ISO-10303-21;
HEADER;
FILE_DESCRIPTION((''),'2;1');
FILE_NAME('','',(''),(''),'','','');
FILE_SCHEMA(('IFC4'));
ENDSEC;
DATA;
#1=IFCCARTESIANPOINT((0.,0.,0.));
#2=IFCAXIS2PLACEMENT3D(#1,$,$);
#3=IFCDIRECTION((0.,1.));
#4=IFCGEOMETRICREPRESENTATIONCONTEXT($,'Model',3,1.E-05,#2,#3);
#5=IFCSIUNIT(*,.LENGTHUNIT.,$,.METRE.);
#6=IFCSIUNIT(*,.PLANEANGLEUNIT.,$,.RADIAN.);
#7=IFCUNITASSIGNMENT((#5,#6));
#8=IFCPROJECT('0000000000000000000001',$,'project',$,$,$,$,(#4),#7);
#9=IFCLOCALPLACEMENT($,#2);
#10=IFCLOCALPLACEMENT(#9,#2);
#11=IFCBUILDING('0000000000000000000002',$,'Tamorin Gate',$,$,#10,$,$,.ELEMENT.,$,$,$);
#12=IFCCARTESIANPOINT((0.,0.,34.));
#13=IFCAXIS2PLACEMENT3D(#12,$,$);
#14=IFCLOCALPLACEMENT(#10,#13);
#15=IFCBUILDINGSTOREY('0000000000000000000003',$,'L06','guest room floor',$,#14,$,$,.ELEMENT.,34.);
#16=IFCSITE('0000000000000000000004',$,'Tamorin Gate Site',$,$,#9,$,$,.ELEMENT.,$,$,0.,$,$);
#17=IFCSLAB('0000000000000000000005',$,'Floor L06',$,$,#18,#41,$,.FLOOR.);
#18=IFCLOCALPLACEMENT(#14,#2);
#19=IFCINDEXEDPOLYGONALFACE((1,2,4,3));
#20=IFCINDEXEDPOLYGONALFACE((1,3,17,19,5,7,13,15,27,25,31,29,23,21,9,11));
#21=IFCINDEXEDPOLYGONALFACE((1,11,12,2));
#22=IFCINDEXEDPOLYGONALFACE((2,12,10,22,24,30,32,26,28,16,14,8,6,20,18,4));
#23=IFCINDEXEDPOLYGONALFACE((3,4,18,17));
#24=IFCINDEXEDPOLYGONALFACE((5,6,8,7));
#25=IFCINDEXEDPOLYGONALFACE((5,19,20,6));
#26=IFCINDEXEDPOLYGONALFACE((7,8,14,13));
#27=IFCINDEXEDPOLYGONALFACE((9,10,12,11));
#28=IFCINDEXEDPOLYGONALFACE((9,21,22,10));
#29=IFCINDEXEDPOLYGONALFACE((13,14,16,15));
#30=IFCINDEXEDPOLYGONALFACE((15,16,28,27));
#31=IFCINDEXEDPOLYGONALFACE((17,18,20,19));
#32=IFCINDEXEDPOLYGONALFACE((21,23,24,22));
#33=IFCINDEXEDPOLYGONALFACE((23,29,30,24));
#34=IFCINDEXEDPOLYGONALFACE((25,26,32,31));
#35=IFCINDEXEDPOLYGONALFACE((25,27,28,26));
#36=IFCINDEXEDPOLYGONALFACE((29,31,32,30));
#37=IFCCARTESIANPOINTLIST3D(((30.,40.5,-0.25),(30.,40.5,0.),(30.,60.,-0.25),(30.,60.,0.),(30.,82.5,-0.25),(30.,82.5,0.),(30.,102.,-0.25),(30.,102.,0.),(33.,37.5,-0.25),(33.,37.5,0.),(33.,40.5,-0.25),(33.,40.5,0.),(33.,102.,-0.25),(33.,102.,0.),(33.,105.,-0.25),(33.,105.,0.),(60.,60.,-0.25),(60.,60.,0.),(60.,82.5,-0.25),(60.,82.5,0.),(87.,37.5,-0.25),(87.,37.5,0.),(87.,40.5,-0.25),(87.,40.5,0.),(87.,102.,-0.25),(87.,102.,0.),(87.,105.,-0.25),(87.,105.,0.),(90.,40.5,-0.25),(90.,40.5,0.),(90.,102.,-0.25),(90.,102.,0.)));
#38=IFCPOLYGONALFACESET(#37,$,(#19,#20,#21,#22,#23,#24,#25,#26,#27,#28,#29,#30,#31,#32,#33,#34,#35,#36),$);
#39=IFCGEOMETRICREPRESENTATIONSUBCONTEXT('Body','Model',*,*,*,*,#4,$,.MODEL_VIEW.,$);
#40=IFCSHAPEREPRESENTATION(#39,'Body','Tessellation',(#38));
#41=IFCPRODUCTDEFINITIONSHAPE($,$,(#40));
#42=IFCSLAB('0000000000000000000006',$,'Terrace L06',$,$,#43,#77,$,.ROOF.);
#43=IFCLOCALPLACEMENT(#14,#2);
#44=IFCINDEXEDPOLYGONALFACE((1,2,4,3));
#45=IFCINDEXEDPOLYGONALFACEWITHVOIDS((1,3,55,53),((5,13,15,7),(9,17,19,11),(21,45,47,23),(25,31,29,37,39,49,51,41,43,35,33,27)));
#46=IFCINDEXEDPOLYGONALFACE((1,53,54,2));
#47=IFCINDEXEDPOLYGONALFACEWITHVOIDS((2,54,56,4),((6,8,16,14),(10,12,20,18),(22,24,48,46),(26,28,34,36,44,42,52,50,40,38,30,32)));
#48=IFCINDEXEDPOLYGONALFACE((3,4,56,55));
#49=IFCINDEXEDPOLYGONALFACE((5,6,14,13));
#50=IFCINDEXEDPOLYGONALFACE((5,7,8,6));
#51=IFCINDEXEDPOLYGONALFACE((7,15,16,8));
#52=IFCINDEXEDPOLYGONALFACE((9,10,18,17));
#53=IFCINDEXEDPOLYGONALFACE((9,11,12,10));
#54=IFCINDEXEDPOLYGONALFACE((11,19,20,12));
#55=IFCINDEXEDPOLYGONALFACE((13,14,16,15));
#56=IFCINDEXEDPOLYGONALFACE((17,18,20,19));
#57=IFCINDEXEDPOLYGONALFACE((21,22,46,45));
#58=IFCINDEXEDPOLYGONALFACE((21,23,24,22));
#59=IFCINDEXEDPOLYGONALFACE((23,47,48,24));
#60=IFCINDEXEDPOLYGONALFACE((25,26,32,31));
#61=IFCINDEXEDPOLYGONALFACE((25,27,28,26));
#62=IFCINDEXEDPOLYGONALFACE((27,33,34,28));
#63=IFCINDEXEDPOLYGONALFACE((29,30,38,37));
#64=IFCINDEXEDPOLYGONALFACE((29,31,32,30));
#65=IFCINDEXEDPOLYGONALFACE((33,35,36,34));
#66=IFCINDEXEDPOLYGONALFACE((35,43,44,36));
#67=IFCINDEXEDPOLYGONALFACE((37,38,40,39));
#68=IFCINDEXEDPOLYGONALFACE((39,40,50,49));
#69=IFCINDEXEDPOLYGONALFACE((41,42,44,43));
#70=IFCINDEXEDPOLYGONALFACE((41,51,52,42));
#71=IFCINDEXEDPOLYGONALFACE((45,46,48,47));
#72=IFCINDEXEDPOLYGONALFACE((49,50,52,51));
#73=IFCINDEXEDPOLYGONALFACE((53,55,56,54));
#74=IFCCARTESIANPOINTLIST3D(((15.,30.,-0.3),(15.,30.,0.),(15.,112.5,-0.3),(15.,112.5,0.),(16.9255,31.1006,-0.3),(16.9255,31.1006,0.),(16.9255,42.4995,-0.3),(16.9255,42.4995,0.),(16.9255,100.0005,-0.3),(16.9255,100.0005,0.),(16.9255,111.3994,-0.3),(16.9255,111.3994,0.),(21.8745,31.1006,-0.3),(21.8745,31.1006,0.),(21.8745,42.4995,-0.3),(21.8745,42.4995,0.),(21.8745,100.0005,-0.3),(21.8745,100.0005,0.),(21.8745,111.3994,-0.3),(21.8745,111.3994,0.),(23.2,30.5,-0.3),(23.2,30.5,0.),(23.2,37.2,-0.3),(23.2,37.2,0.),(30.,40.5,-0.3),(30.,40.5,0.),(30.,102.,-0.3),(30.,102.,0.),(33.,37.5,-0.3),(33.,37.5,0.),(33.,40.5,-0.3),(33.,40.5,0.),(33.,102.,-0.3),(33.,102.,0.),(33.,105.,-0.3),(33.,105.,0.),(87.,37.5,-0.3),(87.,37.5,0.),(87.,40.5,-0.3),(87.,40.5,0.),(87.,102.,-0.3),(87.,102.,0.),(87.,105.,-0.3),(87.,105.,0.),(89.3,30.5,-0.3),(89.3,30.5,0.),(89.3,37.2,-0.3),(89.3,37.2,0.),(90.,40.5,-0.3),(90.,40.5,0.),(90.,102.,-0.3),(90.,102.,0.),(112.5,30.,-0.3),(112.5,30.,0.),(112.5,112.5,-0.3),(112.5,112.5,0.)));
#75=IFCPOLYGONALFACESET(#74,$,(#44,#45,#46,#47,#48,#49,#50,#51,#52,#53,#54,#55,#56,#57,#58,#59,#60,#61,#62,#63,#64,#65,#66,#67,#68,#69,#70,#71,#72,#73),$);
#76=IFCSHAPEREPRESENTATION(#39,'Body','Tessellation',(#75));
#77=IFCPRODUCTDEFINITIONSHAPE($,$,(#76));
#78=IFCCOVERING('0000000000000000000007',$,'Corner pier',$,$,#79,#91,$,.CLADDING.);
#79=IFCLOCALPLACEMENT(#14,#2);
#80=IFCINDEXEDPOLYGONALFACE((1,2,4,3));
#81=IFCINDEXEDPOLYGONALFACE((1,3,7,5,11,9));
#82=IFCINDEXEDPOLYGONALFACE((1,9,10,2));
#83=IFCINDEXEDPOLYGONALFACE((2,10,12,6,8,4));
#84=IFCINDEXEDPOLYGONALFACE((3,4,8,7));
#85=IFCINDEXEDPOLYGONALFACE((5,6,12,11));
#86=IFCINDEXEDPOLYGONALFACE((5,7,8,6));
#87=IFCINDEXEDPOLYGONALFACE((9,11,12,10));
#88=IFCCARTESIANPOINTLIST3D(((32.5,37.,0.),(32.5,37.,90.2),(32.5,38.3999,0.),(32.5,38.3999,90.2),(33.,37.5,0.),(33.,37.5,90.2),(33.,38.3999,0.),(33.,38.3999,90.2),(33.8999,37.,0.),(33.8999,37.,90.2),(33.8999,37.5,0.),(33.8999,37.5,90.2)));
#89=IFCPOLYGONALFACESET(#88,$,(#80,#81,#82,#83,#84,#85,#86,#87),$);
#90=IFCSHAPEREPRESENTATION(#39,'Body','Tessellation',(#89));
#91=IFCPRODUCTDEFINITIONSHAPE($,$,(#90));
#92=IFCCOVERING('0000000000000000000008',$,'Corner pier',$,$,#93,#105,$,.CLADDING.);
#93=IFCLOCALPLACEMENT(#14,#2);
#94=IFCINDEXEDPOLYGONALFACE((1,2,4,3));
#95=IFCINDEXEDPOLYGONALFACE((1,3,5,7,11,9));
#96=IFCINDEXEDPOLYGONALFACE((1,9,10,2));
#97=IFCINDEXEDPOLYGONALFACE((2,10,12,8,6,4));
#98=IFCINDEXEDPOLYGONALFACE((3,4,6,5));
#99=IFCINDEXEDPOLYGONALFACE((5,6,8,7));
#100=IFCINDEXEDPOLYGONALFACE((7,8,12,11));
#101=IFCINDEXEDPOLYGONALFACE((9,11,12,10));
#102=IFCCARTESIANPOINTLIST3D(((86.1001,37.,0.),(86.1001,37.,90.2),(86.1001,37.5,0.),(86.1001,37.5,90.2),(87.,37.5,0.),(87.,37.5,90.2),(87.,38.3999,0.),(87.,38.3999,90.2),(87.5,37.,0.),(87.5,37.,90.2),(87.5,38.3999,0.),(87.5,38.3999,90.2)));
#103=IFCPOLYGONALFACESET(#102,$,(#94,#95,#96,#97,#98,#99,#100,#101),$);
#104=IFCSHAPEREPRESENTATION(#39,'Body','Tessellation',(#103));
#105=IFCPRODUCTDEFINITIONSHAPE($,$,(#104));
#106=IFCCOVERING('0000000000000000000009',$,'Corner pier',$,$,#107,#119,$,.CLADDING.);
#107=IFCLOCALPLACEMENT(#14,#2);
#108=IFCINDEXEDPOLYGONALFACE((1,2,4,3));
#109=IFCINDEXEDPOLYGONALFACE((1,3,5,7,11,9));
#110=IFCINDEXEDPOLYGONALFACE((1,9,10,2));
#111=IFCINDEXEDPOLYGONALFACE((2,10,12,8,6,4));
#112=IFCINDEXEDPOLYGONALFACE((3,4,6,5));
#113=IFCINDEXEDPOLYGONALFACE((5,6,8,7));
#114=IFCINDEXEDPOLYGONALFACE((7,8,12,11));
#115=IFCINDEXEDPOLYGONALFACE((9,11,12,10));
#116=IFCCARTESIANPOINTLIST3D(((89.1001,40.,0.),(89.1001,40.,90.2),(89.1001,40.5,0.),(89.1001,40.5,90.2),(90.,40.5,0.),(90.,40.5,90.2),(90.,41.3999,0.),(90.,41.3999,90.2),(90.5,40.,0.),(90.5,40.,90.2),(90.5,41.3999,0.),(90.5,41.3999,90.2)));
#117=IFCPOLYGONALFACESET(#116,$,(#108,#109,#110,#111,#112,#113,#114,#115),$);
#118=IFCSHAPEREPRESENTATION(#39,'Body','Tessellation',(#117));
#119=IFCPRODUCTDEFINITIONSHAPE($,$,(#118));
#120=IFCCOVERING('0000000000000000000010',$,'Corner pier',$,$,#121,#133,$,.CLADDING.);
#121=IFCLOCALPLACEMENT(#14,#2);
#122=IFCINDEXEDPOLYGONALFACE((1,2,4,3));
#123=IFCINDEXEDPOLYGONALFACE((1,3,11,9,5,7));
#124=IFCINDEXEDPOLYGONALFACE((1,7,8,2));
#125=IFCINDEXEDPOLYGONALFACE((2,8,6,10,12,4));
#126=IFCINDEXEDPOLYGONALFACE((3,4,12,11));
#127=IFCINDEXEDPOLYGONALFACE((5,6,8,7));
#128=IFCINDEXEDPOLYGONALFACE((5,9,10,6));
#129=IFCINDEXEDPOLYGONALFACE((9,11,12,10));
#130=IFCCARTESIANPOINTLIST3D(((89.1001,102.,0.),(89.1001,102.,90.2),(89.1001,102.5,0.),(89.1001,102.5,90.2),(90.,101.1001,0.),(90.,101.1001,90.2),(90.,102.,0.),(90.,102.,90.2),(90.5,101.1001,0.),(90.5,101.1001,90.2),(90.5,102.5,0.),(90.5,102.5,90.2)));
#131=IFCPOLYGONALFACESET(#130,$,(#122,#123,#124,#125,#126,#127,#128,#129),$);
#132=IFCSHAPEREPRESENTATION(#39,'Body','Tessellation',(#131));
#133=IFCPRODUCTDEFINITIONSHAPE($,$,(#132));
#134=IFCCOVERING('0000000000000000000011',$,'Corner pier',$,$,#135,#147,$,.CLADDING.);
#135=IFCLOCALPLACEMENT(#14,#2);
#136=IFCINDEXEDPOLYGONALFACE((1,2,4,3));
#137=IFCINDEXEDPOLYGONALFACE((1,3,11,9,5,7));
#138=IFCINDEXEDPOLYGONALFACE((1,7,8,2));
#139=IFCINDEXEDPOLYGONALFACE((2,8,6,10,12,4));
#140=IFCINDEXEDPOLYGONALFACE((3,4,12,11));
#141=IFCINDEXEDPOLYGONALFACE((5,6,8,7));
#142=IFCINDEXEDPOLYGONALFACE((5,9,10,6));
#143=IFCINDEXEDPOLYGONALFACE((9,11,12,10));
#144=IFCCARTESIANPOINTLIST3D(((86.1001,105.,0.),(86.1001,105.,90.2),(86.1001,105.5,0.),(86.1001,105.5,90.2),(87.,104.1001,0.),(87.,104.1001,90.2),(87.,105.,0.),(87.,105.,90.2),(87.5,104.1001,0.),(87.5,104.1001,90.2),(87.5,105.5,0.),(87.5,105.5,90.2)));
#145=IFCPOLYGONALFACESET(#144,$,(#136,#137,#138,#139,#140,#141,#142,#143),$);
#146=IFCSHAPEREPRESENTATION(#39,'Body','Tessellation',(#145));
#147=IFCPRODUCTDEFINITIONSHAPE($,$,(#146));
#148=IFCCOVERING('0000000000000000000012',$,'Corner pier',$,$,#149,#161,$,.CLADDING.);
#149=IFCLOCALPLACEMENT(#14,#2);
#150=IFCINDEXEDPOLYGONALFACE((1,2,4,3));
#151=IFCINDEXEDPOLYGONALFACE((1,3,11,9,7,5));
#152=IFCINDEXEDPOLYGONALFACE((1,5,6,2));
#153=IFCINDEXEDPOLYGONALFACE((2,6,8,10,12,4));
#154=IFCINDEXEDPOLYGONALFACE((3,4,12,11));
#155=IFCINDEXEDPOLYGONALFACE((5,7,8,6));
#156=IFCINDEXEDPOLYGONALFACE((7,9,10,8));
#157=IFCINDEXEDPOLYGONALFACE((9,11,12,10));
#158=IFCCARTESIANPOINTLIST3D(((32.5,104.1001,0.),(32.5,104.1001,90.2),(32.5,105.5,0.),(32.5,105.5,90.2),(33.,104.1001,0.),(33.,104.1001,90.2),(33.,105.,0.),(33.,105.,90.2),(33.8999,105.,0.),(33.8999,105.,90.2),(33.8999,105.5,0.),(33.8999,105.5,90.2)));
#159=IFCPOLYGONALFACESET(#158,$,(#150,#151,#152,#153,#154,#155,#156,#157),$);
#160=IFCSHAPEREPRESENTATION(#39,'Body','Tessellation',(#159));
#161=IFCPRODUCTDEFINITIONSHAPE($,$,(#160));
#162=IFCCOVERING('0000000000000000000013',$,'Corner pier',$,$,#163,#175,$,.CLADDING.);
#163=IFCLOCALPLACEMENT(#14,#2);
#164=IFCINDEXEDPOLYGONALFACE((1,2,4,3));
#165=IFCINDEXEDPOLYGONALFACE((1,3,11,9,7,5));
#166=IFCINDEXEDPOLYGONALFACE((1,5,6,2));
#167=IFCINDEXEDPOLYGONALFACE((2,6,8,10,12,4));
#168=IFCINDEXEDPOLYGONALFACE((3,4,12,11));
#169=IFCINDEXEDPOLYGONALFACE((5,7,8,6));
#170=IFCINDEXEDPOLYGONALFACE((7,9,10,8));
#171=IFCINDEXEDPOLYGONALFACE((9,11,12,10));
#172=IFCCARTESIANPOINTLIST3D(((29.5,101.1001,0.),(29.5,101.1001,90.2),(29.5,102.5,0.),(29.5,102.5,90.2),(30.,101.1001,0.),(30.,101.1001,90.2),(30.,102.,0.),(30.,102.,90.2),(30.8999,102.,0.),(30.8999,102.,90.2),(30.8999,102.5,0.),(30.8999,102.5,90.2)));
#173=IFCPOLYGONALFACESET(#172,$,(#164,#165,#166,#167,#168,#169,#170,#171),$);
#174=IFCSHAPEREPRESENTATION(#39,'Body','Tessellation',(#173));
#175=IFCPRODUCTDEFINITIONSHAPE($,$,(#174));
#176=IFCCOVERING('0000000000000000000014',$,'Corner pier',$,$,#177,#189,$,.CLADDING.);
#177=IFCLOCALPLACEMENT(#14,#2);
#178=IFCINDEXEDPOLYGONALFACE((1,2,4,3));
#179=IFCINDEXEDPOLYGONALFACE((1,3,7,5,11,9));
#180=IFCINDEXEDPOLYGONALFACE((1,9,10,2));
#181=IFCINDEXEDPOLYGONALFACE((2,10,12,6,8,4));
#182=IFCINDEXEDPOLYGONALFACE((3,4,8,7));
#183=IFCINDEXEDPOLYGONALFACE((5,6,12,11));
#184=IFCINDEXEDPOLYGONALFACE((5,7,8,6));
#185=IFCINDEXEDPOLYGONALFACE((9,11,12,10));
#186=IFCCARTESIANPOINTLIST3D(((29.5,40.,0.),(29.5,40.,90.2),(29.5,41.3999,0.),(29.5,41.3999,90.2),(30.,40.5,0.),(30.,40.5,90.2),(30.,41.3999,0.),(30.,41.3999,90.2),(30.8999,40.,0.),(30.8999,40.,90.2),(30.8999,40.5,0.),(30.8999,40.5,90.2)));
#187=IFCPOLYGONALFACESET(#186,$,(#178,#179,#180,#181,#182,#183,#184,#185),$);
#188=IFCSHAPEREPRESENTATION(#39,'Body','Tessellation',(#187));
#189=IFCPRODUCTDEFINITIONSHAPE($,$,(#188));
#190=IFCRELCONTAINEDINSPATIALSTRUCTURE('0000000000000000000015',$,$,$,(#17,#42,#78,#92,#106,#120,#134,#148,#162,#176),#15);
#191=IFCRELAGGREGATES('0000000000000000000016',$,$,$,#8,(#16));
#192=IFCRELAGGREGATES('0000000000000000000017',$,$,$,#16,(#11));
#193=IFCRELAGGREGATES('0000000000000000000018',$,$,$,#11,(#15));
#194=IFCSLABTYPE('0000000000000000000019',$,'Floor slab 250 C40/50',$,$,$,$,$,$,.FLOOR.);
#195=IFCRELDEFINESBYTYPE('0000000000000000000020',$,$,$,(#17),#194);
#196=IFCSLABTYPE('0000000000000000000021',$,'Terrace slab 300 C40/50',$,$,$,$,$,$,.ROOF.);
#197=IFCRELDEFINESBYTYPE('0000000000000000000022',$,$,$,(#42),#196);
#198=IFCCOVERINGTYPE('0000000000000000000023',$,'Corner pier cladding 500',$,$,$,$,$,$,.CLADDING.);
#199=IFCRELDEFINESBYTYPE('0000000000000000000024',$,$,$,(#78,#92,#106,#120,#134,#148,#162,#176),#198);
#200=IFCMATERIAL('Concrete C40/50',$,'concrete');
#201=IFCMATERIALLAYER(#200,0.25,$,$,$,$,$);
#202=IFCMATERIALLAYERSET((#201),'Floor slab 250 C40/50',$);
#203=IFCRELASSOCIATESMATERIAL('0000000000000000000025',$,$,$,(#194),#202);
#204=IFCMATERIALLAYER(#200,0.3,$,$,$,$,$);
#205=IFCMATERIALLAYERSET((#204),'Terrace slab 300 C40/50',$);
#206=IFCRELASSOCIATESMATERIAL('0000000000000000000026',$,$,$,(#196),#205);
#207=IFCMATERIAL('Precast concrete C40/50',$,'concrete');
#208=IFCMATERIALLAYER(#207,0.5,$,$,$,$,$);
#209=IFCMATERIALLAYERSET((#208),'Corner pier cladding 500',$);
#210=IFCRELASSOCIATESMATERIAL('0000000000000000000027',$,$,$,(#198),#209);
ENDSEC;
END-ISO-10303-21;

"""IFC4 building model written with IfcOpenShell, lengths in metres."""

from ifc_helpers import new_model, si_unit, direction, frame, origin, place, context, subcontext, project, spatial, polyline, outline, extrude, material, layer, layer_set, type_object, element, save


model = new_model("IFC4")

# Units and contexts
model_context = context("Model", 3, precision=1e-05, world=origin(), true_north=direction((0.0, 1.0)))
body_context = subcontext(model_context, "Body", "Model", "MODEL_VIEW")
ifc_project = project(units=[si_unit("LENGTHUNIT", "METRE"), si_unit("PLANEANGLEUNIT", "RADIAN")], contexts=[model_context])

# Site, building, storey
site_placement = place(None, origin())
site = spatial("IfcSite", under=ifc_project, at=site_placement, Name="Tamorin Gate Site", CompositionType="ELEMENT", RefElevation=0.0)
building_placement = place(site_placement, origin())
building = spatial("IfcBuilding", under=site, at=building_placement, Name="Tamorin Gate", CompositionType="ELEMENT")
storey_placement = place(building_placement, frame((0.0, 0.0, 34.0)))
storey = spatial("IfcBuildingStorey", under=building, at=storey_placement, Name="L06", Description="guest room floor", CompositionType="ELEMENT", Elevation=34.0)

# Slabs
ifc_material_1 = material(Name="Concrete C40/50", Category="concrete")
ifc_layer_1 = layer(ifc_material_1, 0.25)
ifc_layer_set_1 = layer_set([ifc_layer_1], Name="Floor slab 250 C40/50")
slab_type_1 = type_object("IfcSlabType", Name="Floor slab 250 C40/50", PredefinedType="FLOOR", material=ifc_layer_set_1)
slab_1_placement = place(storey_placement, frame((0.0, 0.0, -0.25)))
element("IfcSlab", 1, at=slab_1_placement, inside=storey, type_object=slab_type_1, Name="Floor L06", PredefinedType="FLOOR", context=body_context, shape_type="SweptSolid", body=[
    extrude(outline(polyline([(30.0, 102.0), (33.0, 102.0), (33.0, 105.0), (87.0, 105.0), (87.0, 102.0), (90.0, 102.0), (90.0, 40.5), (87.0, 40.5), (87.0, 37.5), (33.0, 37.5), (33.0, 40.5), (30.0, 40.5), (30.0, 60.0), (60.0, 60.0), (60.0, 82.5), (30.0, 82.5), (30.0, 102.0)])), origin(), (0.0, 0.0, 1.0), 0.25),
])
ifc_layer_2 = layer(ifc_material_1, 0.3)
ifc_layer_set_2 = layer_set([ifc_layer_2], Name="Terrace slab 300 C40/50")
slab_type_2 = type_object("IfcSlabType", Name="Terrace slab 300 C40/50", PredefinedType="ROOF", material=ifc_layer_set_2)
slab_2_placement = place(storey_placement, frame((0.0, 0.0, -0.3)))
element("IfcSlab", 2, at=slab_2_placement, inside=storey, type_object=slab_type_2, Name="Terrace L06", PredefinedType="ROOF", context=body_context, shape_type="SweptSolid", body=[
    extrude(outline(polyline([(15.0, 112.5), (112.5, 112.5), (112.5, 30.0), (15.0, 30.0), (15.0, 112.5)]), holes=[polyline([(87.0, 37.5), (87.0, 40.5), (90.0, 40.5), (90.0, 102.0), (87.0, 102.0), (87.0, 105.0), (33.0, 105.0), (33.0, 102.0), (30.0, 102.0), (30.0, 40.5), (33.0, 40.5), (33.0, 37.5), (87.0, 37.5)]), polyline([(16.9255, 42.4995), (21.8745, 42.4995), (21.8745, 31.1006), (16.9255, 31.1006), (16.9255, 42.4995)]), polyline([(21.8745, 100.0005), (16.9255, 100.0005), (16.9255, 111.3994), (21.8745, 111.3994), (21.8745, 100.0005)]), polyline([(89.3, 30.5), (89.3, 37.2), (23.2, 37.2), (23.2, 30.5), (89.3, 30.5)])]), origin(), (0.0, 0.0, 1.0), 0.3),
])

# Coverings
ifc_material_2 = material(Name="Precast concrete C40/50", Category="concrete")
ifc_layer_3 = layer(ifc_material_2, 0.5)
ifc_layer_set_3 = layer_set([ifc_layer_3], Name="Corner pier cladding 500")
covering_type_1 = type_object("IfcCoveringType", Name="Corner pier cladding 500", PredefinedType="CLADDING", material=ifc_layer_set_3)
covering_1_placement = place(storey_placement, origin())
element("IfcCovering", 3, at=covering_1_placement, inside=storey, type_object=covering_type_1, Name="Corner pier", PredefinedType="CLADDING", context=body_context, shape_type="SweptSolid", body=[
    extrude(outline(polyline([(32.5, 37.0), (32.5, 38.3999), (33.0, 38.3999), (33.0, 37.5), (33.8999, 37.5), (33.8999, 37.0), (32.5, 37.0)])), origin(), (0.0, 0.0, 1.0), 90.2),
])
covering_2_placement = place(storey_placement, origin())
element("IfcCovering", 4, at=covering_2_placement, inside=storey, type_object=covering_type_1, Name="Corner pier", PredefinedType="CLADDING", context=body_context, shape_type="SweptSolid", body=[
    extrude(outline(polyline([(87.5, 37.0), (86.1001, 37.0), (86.1001, 37.5), (87.0, 37.5), (87.0, 38.3999), (87.5, 38.3999), (87.5, 37.0)])), origin(), (0.0, 0.0, 1.0), 90.2),
])
covering_3_placement = place(storey_placement, origin())
element("IfcCovering", 5, at=covering_3_placement, inside=storey, type_object=covering_type_1, Name="Corner pier", PredefinedType="CLADDING", context=body_context, shape_type="SweptSolid", body=[
    extrude(outline(polyline([(90.5, 40.0), (89.1001, 40.0), (89.1001, 40.5), (90.0, 40.5), (90.0, 41.3999), (90.5, 41.3999), (90.5, 40.0)])), origin(), (0.0, 0.0, 1.0), 90.2),
])
covering_4_placement = place(storey_placement, origin())
element("IfcCovering", 6, at=covering_4_placement, inside=storey, type_object=covering_type_1, Name="Corner pier", PredefinedType="CLADDING", context=body_context, shape_type="SweptSolid", body=[
    extrude(outline(polyline([(90.5, 102.5), (90.5, 101.1001), (90.0, 101.1001), (90.0, 102.0), (89.1001, 102.0), (89.1001, 102.5), (90.5, 102.5)])), origin(), (0.0, 0.0, 1.0), 90.2),
])
covering_5_placement = place(storey_placement, origin())
element("IfcCovering", 7, at=covering_5_placement, inside=storey, type_object=covering_type_1, Name="Corner pier", PredefinedType="CLADDING", context=body_context, shape_type="SweptSolid", body=[
    extrude(outline(polyline([(87.5, 105.5), (87.5, 104.1001), (87.0, 104.1001), (87.0, 105.0), (86.1001, 105.0), (86.1001, 105.5), (87.5, 105.5)])), origin(), (0.0, 0.0, 1.0), 90.2),
])
covering_6_placement = place(storey_placement, origin())
element("IfcCovering", 8, at=covering_6_placement, inside=storey, type_object=covering_type_1, Name="Corner pier", PredefinedType="CLADDING", context=body_context, shape_type="SweptSolid", body=[
    extrude(outline(polyline([(32.5, 105.5), (33.8999, 105.5), (33.8999, 105.0), (33.0, 105.0), (33.0, 104.1001), (32.5, 104.1001), (32.5, 105.5)])), origin(), (0.0, 0.0, 1.0), 90.2),
])
covering_7_placement = place(storey_placement, origin())
element("IfcCovering", 9, at=covering_7_placement, inside=storey, type_object=covering_type_1, Name="Corner pier", PredefinedType="CLADDING", context=body_context, shape_type="SweptSolid", body=[
    extrude(outline(polyline([(29.5, 102.5), (30.8999, 102.5), (30.8999, 102.0), (30.0, 102.0), (30.0, 101.1001), (29.5, 101.1001), (29.5, 102.5)])), origin(), (0.0, 0.0, 1.0), 90.2),
])
covering_8_placement = place(storey_placement, origin())
element("IfcCovering", 10, at=covering_8_placement, inside=storey, type_object=covering_type_1, Name="Corner pier", PredefinedType="CLADDING", context=body_context, shape_type="SweptSolid", body=[
    extrude(outline(polyline([(29.5, 40.0), (29.5, 41.3999), (30.0, 41.3999), (30.0, 40.5), (30.8999, 40.5), (30.8999, 40.0), (29.5, 40.0)])), origin(), (0.0, 0.0, 1.0), 90.2),
])

save(model, "model.ifc")
